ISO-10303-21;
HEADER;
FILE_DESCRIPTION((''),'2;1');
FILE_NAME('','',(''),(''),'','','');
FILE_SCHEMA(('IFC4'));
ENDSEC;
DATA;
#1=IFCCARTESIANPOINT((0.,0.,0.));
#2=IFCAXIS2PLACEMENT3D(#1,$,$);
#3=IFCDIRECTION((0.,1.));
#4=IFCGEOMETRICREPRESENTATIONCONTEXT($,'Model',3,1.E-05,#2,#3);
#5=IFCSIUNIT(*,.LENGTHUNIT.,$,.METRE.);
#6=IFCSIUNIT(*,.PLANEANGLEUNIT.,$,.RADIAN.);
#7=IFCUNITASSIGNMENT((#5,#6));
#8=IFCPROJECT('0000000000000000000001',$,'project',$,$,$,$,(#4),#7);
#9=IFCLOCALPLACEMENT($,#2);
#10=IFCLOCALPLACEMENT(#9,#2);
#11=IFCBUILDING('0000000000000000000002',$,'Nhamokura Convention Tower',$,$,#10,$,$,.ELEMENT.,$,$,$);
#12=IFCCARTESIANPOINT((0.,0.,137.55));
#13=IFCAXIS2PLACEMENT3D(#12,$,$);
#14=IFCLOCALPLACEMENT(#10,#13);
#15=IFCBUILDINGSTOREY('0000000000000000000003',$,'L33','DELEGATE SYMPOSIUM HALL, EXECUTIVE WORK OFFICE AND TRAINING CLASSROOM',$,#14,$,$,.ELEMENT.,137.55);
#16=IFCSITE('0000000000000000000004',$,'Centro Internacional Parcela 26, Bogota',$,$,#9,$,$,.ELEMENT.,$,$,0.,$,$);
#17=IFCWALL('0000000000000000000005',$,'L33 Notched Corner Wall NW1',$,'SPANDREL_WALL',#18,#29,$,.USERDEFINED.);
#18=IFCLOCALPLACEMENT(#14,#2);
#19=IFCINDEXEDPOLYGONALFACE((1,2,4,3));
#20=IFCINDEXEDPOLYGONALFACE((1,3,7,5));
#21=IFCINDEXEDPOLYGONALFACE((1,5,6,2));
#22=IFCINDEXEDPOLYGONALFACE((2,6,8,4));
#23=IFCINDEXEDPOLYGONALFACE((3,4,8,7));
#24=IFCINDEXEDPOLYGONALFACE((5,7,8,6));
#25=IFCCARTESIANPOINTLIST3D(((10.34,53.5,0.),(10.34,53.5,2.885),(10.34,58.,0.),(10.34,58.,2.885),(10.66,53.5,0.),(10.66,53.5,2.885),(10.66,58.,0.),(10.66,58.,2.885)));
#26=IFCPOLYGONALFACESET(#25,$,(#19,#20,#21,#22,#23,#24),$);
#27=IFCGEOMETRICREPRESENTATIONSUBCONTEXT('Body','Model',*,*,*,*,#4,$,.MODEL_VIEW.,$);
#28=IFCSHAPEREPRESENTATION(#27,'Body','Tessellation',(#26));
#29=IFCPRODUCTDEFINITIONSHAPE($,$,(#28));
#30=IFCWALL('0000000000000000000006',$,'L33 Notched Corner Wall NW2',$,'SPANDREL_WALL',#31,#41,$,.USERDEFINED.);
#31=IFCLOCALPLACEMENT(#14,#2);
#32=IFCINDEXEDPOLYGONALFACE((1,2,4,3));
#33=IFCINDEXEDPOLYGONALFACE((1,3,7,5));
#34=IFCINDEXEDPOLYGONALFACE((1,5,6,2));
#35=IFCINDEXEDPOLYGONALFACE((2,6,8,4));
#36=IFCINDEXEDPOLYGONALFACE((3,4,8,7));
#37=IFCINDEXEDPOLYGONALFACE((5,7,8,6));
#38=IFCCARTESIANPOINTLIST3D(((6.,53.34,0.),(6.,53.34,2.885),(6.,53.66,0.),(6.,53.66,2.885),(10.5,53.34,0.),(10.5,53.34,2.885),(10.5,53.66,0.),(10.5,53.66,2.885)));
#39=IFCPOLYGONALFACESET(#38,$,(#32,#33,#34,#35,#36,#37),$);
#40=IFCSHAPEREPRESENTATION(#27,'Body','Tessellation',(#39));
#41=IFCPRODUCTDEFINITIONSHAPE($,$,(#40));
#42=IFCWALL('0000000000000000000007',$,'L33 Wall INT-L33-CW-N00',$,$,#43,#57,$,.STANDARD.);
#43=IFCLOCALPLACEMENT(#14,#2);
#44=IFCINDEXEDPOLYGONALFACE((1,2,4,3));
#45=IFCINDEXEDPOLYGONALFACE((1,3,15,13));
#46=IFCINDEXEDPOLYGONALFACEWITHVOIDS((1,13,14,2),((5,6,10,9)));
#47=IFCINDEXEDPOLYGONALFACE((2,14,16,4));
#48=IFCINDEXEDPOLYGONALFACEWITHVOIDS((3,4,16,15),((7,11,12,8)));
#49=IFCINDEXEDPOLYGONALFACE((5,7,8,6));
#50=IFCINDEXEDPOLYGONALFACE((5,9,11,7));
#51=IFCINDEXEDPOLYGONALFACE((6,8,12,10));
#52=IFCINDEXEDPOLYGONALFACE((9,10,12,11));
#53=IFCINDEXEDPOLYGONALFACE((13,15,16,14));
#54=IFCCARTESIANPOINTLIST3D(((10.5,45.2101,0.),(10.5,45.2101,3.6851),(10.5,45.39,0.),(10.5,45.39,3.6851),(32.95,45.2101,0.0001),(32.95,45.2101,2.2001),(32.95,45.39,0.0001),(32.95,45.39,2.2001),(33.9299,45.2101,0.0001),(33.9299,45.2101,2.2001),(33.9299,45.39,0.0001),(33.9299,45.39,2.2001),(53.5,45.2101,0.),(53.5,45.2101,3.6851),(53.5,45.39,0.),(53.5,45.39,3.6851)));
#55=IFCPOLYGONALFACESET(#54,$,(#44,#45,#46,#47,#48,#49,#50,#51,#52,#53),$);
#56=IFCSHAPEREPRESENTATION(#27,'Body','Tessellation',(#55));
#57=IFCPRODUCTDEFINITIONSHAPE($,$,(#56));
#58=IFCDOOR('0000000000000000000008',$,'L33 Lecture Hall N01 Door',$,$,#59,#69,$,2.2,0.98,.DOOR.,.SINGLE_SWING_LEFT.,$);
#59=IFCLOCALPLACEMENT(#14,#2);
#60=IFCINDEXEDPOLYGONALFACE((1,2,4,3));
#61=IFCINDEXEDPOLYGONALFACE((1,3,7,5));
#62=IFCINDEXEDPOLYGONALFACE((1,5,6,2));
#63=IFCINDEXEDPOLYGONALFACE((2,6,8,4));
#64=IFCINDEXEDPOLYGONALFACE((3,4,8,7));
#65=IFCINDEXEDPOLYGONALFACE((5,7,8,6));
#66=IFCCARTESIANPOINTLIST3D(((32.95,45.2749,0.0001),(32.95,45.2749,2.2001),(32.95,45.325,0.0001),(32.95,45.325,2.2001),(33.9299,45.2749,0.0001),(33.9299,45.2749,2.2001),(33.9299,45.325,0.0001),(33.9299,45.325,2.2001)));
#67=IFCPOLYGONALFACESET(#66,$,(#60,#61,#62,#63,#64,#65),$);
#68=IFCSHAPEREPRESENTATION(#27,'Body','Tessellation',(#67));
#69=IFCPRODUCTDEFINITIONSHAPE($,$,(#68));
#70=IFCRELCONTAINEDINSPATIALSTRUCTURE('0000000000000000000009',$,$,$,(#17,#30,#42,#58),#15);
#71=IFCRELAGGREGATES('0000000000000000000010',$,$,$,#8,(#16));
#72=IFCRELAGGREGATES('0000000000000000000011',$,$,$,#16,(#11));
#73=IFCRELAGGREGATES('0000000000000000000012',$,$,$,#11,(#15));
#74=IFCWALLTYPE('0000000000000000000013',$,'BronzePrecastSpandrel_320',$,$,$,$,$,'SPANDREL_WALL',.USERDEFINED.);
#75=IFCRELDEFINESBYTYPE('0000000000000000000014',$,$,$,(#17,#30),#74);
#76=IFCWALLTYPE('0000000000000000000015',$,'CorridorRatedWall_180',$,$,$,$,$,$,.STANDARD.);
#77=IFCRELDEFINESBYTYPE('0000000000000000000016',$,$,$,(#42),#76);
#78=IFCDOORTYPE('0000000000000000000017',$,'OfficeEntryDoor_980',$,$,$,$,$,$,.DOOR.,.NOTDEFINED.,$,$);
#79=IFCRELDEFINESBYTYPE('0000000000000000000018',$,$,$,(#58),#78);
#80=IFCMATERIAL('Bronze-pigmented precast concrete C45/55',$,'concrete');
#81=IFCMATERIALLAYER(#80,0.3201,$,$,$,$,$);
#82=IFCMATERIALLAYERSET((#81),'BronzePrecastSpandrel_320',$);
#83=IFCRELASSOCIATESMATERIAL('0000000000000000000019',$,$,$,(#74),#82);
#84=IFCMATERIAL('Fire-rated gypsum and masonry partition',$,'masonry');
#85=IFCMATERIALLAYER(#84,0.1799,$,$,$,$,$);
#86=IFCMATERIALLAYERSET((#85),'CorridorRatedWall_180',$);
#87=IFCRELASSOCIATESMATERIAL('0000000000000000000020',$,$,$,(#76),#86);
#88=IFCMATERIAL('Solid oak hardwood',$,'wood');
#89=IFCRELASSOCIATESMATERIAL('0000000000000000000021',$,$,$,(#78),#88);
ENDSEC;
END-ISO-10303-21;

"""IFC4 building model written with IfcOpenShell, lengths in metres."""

from ifc_helpers import new_model, si_unit, direction, frame, frame_2d, origin, place, context, subcontext, project, spatial, rectangle, extrude, material, layer, layer_set, type_object, element, fill, save


model = new_model("IFC4")

# Units and contexts
model_context = context("Model", 3, precision=1e-05, world=origin(), true_north=direction((0.0, 1.0)))
body_context = subcontext(model_context, "Body", "Model", "MODEL_VIEW")
ifc_project = project(units=[si_unit("LENGTHUNIT", "METRE"), si_unit("PLANEANGLEUNIT", "RADIAN")], contexts=[model_context])

# Site, building, storey
site_placement = place(None, origin())
site = spatial("IfcSite", under=ifc_project, at=site_placement, Name="Centro Internacional Parcela 26, Bogota", CompositionType="ELEMENT", RefElevation=0.0)
building_placement = place(site_placement, origin())
building = spatial("IfcBuilding", under=site, at=building_placement, Name="Nhamokura Convention Tower", CompositionType="ELEMENT")
storey_placement = place(building_placement, frame((0.0, 0.0, 137.55)))
storey = spatial("IfcBuildingStorey", under=building, at=storey_placement, Name="L33", Description="DELEGATE SYMPOSIUM HALL, EXECUTIVE WORK OFFICE AND TRAINING CLASSROOM", CompositionType="ELEMENT", Elevation=137.55)

# Walls
ifc_material_1 = material(Name="Bronze-pigmented precast concrete C45/55", Category="concrete")
ifc_layer_1 = layer(ifc_material_1, 0.3201)
ifc_layer_set_1 = layer_set([ifc_layer_1], Name="BronzePrecastSpandrel_320")
wall_type_1 = type_object("IfcWallType", Name="BronzePrecastSpandrel_320", ElementType="SPANDREL_WALL", PredefinedType="USERDEFINED", material=ifc_layer_set_1)
for number, where, z_axis, x_axis, name in (
    (1, (10.5, 53.5, 0.0), (0.0, 0.0, 1.0), (0.0, 1.0, 0.0), "L33 Notched Corner Wall NW1"),
    (2, (6.0, 53.5, 0.0), (0.0, 0.0, 1.0), (1.0, 0.0, 0.0), "L33 Notched Corner Wall NW2"),
):
    element("IfcWall", number, at=place(storey_placement, frame(where, z_axis=z_axis, x_axis=x_axis)), inside=storey, type_object=wall_type_1, Name=name, ObjectType="SPANDREL_WALL", PredefinedType="USERDEFINED", context=body_context, shape_type="SweptSolid", body=[
        extrude(rectangle(XDim=4.5, YDim=0.3201, at=frame_2d((2.25, 0.0))), origin(), (0.0, 0.0, 1.0), 2.885),
    ])

# Wall, opening, door
ifc_material_2 = material(Name="Fire-rated gypsum and masonry partition", Category="masonry")
ifc_layer_2 = layer(ifc_material_2, 0.1799)
ifc_layer_set_2 = layer_set([ifc_layer_2], Name="CorridorRatedWall_180")
wall_type_2 = type_object("IfcWallType", Name="CorridorRatedWall_180", PredefinedType="STANDARD", material=ifc_layer_set_2)
wall_placement = place(storey_placement, frame((10.5, 45.3, 0.0), z_axis=(0.0, 0.0, 1.0), x_axis=(1.0, 0.0, 0.0)))
wall = element("IfcWall", 3, at=wall_placement, inside=storey, type_object=wall_type_2, Name="L33 Wall INT-L33-CW-N00", PredefinedType="STANDARD", context=body_context, shape_type="SweptSolid", body=[
    extrude(rectangle(XDim=43.0, YDim=0.1799, at=frame_2d((21.5, 0.0))), origin(), (0.0, 0.0, 1.0), 3.6851),
])
opening_placement = place(wall_placement, frame((22.45, 0.0, 0.0)))
opening = element("IfcOpeningElement", 4, at=opening_placement, cuts=wall, PredefinedType="OPENING", context=body_context, shape_type="SweptSolid", body=[
    extrude(rectangle(XDim=0.98, YDim=2.2, at=frame_2d((0.49, 1.1001))), frame((0.0, 0.0999, 0.0), z_axis=(0.0, -1.0, 0.0), x_axis=(1.0, 0.0, 0.0)), (0.0, 0.0, 1.0), 0.2),
])
ifc_material_3 = material(Name="Solid oak hardwood", Category="wood")
door_type = type_object("IfcDoorType", Name="OfficeEntryDoor_980", OperationType="NOTDEFINED", PredefinedType="DOOR", material=ifc_material_3)
door_placement = place(opening_placement, origin())
door = element("IfcDoor", 5, at=door_placement, inside=storey, type_object=door_type, Name="L33 Lecture Hall N01 Door", OperationType="SINGLE_SWING_LEFT", OverallHeight=2.2, OverallWidth=0.98, PredefinedType="DOOR", context=body_context, shape_type="SweptSolid", body=[
    extrude(rectangle(XDim=0.98, YDim=2.2, at=frame_2d((0.49, 1.1001))), frame((0.0, 0.0249, 0.0), z_axis=(0.0, -1.0, 0.0), x_axis=(1.0, 0.0, 0.0)), (0.0, 0.0, 1.0), 0.05),
])
fill(opening, door)

save(model, "model.ifc")
